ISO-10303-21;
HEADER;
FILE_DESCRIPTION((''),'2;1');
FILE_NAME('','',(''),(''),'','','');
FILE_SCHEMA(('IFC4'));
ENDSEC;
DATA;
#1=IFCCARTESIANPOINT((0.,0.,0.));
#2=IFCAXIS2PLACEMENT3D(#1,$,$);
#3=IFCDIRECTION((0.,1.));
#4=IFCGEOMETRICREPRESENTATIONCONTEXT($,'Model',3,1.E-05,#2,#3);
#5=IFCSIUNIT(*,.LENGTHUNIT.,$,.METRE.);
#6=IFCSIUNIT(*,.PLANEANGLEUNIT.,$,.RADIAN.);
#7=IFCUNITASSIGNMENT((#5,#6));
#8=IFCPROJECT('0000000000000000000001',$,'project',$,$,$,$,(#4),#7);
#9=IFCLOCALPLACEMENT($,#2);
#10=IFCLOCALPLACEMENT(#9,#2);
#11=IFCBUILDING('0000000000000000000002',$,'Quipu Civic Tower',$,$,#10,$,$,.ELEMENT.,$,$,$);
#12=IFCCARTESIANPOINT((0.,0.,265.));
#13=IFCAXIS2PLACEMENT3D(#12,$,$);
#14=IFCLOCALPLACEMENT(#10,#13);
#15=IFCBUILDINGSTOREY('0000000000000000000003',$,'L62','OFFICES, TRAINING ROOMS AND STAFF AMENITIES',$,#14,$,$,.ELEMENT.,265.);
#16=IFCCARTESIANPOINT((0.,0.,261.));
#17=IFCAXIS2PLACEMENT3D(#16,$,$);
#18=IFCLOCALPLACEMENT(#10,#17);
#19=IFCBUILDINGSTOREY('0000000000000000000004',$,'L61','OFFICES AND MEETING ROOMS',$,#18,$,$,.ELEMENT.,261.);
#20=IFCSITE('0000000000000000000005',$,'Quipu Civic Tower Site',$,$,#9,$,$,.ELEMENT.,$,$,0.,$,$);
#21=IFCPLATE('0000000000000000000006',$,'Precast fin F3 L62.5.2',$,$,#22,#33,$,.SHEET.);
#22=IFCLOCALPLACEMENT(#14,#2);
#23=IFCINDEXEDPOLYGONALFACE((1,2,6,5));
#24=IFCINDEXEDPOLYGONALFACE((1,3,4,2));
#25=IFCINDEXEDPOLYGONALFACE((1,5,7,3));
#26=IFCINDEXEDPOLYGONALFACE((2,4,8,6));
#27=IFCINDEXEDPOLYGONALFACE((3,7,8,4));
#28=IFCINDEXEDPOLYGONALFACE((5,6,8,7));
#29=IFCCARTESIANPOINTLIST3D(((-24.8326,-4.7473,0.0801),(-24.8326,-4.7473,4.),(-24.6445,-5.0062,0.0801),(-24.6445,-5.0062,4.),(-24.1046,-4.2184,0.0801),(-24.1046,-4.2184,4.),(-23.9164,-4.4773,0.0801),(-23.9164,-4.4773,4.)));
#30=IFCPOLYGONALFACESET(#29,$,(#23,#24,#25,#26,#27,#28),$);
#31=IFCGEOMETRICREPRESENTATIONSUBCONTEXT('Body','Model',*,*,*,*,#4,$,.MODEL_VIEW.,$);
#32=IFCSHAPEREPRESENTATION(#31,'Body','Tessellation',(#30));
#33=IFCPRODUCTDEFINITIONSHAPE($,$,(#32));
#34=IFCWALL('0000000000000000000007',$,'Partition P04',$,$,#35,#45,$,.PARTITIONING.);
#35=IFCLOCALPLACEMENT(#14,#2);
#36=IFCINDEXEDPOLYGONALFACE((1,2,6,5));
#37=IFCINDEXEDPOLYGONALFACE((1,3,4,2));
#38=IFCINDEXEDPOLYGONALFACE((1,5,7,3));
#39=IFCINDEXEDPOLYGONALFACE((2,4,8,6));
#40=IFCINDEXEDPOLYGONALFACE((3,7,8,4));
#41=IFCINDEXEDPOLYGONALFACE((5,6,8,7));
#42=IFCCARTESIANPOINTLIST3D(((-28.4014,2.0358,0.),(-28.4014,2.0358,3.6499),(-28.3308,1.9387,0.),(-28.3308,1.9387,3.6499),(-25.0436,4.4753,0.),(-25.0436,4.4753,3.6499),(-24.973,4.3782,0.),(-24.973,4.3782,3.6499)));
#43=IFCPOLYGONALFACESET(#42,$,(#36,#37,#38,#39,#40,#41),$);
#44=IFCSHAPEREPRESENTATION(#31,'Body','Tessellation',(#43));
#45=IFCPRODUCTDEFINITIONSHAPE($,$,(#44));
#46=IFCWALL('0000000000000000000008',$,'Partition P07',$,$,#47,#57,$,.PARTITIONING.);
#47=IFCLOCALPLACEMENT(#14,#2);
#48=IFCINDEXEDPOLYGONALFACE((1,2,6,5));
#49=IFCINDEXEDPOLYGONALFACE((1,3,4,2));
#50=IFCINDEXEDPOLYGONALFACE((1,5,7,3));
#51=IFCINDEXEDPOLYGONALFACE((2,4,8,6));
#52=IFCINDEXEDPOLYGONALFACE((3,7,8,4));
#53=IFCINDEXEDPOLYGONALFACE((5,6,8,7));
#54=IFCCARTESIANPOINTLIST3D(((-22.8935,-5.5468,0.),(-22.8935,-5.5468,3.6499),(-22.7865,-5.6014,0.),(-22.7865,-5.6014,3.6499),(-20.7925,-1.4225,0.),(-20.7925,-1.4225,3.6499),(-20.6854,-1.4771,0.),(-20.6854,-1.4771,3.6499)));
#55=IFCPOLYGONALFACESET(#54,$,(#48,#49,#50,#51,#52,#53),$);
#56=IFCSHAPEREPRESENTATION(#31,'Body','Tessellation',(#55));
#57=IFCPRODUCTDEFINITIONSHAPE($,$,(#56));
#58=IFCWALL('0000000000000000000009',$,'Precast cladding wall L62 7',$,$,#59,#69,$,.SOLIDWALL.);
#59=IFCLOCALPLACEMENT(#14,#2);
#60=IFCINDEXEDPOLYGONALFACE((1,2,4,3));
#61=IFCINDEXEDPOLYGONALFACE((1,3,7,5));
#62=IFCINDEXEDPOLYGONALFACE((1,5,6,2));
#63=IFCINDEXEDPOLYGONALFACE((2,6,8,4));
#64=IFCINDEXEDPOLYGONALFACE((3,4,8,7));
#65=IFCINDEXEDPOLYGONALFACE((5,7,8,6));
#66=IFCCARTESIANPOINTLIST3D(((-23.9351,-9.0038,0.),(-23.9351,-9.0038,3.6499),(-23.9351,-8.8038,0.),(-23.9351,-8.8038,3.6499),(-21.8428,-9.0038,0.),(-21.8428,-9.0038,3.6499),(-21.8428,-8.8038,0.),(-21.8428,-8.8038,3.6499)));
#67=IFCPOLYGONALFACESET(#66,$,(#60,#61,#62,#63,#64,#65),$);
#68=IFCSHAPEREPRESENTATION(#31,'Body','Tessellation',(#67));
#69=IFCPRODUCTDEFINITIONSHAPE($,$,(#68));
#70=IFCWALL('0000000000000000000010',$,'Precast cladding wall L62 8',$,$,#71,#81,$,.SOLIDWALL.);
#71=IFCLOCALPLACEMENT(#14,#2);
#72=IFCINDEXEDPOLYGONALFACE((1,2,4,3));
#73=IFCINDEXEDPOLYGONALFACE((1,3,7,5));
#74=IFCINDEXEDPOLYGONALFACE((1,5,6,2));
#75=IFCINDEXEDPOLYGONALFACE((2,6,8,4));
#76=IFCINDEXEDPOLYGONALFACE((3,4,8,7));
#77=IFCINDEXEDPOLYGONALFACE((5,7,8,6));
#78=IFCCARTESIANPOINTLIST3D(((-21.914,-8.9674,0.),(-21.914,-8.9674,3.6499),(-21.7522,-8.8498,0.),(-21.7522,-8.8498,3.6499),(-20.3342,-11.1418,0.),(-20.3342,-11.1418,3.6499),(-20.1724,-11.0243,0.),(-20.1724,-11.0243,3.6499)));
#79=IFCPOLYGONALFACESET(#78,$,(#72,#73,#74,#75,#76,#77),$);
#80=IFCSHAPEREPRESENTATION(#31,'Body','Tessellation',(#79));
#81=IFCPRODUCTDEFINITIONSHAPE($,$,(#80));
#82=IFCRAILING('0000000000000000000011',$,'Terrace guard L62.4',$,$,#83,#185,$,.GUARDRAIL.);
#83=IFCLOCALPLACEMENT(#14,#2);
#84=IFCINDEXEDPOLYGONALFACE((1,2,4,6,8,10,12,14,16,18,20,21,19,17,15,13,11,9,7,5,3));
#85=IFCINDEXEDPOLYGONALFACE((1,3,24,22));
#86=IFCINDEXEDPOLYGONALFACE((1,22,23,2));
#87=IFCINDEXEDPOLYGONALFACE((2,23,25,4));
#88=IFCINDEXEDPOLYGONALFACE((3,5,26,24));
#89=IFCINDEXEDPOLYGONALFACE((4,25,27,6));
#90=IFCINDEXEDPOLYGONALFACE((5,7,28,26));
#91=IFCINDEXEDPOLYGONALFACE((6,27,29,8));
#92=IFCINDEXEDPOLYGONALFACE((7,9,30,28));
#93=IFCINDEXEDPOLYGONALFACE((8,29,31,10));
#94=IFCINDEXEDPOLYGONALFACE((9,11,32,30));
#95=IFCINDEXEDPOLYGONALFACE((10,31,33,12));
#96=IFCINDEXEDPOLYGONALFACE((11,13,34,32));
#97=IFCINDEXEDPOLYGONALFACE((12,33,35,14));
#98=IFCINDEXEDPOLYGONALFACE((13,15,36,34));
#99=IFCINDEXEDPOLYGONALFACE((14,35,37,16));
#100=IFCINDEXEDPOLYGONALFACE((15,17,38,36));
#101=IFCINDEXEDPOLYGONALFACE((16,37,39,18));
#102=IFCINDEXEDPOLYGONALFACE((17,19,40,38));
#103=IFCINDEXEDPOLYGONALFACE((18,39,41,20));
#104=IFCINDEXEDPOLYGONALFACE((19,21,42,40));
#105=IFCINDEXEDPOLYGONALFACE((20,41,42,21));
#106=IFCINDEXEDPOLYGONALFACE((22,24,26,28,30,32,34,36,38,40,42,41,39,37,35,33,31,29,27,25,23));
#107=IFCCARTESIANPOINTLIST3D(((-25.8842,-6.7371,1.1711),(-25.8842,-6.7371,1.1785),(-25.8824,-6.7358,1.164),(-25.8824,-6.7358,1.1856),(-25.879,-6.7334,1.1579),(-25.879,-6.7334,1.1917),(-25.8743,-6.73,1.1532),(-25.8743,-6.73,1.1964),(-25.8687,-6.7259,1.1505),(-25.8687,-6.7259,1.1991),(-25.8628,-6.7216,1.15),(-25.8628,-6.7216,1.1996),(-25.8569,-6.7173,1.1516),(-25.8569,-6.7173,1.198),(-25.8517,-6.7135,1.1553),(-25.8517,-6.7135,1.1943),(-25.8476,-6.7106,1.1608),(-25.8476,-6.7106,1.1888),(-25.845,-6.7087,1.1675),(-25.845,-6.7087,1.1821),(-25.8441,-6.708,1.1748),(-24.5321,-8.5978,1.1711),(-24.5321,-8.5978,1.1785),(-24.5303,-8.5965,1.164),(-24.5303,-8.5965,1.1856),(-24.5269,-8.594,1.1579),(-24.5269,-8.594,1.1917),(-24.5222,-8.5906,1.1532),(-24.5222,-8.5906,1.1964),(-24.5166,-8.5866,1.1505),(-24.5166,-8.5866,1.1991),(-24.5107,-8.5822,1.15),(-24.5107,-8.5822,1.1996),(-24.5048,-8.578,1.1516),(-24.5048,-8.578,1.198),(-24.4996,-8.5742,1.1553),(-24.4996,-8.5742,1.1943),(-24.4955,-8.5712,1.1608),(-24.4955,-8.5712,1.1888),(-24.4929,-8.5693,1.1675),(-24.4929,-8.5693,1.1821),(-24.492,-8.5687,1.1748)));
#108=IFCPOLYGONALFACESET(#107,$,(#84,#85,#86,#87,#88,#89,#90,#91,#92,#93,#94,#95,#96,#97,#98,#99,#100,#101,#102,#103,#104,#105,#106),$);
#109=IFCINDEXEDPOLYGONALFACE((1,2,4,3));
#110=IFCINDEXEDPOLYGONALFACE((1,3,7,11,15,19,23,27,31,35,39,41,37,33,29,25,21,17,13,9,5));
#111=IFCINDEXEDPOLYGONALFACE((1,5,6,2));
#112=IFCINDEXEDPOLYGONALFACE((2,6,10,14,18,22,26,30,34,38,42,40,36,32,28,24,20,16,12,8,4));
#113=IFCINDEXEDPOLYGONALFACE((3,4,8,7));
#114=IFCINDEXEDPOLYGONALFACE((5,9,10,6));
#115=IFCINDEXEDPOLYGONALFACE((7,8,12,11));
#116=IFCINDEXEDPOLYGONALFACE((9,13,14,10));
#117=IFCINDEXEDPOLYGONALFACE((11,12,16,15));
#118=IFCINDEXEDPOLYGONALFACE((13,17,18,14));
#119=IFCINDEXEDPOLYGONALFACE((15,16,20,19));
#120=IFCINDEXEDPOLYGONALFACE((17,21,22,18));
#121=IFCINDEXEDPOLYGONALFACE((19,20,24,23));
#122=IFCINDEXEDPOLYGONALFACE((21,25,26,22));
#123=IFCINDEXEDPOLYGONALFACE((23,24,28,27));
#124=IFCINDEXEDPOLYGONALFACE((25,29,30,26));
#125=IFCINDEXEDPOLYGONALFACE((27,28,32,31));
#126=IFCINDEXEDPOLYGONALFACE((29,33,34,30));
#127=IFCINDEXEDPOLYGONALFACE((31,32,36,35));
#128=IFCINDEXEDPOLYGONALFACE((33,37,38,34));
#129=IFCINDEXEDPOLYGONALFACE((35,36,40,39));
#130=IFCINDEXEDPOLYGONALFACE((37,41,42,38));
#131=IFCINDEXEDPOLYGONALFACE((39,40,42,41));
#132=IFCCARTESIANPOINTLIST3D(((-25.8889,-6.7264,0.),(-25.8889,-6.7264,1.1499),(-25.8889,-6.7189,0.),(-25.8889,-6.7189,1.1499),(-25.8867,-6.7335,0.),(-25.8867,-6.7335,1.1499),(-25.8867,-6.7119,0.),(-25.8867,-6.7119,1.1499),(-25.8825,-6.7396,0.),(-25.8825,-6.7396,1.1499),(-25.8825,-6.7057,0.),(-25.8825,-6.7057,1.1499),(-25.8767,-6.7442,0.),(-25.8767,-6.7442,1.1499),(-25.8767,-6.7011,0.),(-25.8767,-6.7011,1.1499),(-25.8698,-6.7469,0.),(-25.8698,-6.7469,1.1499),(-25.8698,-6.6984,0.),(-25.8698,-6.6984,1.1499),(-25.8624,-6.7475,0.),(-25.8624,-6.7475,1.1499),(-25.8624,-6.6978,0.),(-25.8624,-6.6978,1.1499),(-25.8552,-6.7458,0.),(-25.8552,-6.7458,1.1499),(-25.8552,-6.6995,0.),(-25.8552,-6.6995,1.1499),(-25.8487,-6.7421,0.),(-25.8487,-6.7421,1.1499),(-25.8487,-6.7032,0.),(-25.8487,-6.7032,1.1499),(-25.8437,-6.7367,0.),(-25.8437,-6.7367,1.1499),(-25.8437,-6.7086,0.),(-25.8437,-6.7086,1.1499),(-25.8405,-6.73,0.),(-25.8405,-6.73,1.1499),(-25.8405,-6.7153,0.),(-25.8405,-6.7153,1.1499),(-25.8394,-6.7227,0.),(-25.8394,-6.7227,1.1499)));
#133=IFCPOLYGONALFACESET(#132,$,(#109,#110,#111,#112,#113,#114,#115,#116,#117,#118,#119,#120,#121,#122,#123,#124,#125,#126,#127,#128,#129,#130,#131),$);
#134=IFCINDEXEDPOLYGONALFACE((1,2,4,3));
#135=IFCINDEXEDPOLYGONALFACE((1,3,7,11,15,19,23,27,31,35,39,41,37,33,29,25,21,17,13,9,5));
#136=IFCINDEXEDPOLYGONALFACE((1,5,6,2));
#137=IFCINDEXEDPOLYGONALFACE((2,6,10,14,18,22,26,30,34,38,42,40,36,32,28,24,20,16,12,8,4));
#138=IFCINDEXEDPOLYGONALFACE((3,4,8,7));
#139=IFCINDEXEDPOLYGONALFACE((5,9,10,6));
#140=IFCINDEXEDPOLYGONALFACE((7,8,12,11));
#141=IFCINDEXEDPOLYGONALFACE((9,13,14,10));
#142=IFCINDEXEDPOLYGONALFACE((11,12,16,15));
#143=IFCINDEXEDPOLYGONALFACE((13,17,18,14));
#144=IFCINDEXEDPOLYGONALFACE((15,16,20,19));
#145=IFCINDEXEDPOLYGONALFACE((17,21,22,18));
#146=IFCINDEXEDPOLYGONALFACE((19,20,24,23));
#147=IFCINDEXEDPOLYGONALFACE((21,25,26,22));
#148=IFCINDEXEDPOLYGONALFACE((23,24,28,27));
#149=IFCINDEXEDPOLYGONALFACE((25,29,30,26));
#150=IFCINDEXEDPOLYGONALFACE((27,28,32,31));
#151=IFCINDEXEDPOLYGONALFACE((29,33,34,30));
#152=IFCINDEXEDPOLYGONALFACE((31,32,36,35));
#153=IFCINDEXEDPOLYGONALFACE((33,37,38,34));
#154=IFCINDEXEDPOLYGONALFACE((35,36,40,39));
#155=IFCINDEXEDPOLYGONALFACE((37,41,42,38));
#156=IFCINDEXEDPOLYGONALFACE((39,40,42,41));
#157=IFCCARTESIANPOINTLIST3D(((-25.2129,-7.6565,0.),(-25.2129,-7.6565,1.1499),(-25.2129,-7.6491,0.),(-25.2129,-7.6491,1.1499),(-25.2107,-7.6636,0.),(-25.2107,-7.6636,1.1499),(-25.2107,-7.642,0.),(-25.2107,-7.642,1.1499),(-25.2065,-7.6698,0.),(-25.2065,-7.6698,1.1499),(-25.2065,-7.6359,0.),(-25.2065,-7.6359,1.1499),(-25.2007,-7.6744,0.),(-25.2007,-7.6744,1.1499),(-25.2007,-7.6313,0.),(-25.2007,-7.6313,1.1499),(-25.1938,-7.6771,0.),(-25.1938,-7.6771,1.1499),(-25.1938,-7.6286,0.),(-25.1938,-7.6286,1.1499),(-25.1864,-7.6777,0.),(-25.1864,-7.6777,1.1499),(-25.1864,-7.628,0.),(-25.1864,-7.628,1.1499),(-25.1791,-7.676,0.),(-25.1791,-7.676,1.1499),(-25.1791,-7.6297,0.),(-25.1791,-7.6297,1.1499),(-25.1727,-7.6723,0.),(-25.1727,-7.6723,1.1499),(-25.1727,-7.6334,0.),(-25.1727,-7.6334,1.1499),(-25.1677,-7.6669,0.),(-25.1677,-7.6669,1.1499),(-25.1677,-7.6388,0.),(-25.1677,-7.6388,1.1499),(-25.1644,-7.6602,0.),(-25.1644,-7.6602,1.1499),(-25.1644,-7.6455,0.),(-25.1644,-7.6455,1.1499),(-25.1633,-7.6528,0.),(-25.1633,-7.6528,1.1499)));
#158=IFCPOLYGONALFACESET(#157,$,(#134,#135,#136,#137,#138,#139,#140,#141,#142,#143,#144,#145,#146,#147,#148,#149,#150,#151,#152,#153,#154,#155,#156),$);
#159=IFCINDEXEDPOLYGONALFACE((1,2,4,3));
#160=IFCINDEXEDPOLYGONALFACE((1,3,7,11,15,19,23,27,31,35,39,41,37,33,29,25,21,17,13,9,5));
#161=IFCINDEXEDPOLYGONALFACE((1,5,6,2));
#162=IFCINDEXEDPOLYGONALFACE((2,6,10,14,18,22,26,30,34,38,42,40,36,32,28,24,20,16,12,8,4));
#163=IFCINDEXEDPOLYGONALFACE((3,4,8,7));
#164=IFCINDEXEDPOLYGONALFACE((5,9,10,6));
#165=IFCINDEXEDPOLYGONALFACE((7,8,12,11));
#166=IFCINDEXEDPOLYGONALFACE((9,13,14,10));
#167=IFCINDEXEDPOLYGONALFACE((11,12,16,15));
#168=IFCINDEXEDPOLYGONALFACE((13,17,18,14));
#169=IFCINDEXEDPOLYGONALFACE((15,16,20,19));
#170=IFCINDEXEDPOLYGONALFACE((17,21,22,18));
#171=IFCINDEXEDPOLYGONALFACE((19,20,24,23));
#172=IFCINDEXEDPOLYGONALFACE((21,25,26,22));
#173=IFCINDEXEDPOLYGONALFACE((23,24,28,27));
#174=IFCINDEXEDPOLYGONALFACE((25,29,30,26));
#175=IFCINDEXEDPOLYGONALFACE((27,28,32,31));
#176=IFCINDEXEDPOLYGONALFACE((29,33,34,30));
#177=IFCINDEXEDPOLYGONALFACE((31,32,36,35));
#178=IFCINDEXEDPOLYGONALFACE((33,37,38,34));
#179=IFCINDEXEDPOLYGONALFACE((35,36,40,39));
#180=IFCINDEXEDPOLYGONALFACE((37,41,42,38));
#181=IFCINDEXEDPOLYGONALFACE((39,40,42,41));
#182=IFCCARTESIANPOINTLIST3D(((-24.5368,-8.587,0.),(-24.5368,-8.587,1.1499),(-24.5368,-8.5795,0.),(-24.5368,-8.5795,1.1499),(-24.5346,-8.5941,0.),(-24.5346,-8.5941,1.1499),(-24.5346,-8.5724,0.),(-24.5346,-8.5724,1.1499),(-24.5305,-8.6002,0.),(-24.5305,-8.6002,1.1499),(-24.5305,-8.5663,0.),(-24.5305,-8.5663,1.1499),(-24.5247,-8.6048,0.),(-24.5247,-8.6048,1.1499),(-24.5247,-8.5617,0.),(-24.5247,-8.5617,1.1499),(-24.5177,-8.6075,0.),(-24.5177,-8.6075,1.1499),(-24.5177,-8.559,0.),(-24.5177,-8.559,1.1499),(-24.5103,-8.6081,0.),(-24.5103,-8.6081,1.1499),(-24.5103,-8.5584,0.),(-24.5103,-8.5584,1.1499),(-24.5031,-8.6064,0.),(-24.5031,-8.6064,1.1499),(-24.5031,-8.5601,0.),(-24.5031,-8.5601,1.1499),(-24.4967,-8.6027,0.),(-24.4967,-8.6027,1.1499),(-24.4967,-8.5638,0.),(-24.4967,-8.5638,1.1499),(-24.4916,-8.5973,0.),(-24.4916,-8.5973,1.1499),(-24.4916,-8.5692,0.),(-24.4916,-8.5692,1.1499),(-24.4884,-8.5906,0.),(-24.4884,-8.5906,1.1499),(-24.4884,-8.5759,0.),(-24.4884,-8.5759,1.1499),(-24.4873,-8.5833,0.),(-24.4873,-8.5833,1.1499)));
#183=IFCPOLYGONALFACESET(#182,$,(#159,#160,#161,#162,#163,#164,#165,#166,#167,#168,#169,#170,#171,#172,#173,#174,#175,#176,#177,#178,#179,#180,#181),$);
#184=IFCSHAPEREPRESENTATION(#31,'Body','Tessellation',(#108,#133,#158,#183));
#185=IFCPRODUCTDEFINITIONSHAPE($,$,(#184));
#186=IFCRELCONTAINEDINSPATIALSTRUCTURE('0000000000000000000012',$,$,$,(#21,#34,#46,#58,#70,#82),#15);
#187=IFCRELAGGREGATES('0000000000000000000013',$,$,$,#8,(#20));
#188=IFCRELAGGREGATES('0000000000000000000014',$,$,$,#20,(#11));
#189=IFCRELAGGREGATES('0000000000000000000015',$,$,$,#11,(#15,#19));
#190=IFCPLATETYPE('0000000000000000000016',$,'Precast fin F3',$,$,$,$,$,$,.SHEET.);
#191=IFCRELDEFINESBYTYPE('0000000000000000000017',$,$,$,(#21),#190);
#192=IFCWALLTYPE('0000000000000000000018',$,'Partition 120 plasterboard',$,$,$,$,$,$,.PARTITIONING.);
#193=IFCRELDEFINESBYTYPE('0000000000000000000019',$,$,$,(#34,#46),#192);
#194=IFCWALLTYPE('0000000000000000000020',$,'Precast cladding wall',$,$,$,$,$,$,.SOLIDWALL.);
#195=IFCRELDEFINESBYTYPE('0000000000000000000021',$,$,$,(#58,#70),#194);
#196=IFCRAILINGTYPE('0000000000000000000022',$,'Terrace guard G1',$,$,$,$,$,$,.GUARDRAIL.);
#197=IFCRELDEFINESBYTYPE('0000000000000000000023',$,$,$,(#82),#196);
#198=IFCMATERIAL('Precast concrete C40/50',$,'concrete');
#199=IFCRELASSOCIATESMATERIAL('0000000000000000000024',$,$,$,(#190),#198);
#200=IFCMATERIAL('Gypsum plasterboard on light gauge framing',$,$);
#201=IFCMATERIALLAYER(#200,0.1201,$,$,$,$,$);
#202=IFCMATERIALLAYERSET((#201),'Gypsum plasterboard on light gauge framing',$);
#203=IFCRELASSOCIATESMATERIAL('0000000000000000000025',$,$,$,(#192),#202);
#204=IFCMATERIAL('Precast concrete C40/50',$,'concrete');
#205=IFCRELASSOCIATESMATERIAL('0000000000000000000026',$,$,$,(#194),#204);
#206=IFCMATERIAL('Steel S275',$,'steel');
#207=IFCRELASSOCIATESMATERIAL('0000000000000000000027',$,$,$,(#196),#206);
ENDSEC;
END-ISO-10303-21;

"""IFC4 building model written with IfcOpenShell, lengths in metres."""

from ifc_helpers import new_model, si_unit, direction, frame, frame_2d, origin, origin_2d, place, context, subcontext, project, spatial, rectangle, circle, extrude, material, layer, layer_set, type_object, element, save


model = new_model("IFC4")

# Units and contexts
model_context = context("Model", 3, precision=1e-05, world=origin(), true_north=direction((0.0, 1.0)))
body_context = subcontext(model_context, "Body", "Model", "MODEL_VIEW")
ifc_project = project(units=[si_unit("LENGTHUNIT", "METRE"), si_unit("PLANEANGLEUNIT", "RADIAN")], contexts=[model_context])

# Site, building, storey
site_placement = place(None, origin())
site = spatial("IfcSite", under=ifc_project, at=site_placement, Name="Quipu Civic Tower Site", CompositionType="ELEMENT", RefElevation=0.0)
building_placement = place(site_placement, origin())
building = spatial("IfcBuilding", under=site, at=building_placement, Name="Quipu Civic Tower", CompositionType="ELEMENT")
storey_1_placement = place(building_placement, frame((0.0, 0.0, 265.0)))
storey_1 = spatial("IfcBuildingStorey", under=building, at=storey_1_placement, Name="L62", Description="OFFICES, TRAINING ROOMS AND STAFF AMENITIES", CompositionType="ELEMENT", Elevation=265.0)

# Shared definitions
storey_2_placement = place(building_placement, frame((0.0, 0.0, 261.0)))
storey_2 = spatial("IfcBuildingStorey", under=building, at=storey_2_placement, Name="L61", Description="OFFICES AND MEETING ROOMS", CompositionType="ELEMENT", Elevation=261.0)

# Plate
ifc_material_1 = material(Name="Precast concrete C40/50", Category="concrete")
plate_type_1 = type_object("IfcPlateType", Name="Precast fin F3", PredefinedType="SHEET", material=ifc_material_1)
for number, where, z_axis, x_axis, name in (
    (1, (-24.3745, -4.6123, 0.0801), (0.0, 0.0, 1.0), (0.587784, -0.809018, 0.0), "Precast fin F3 L62.5.2"),
):
    element("IfcPlate", number, at=place(storey_1_placement, frame(where, z_axis=z_axis, x_axis=x_axis)), inside=storey_1, type_object=plate_type_1, Name=name, PredefinedType="SHEET", context=body_context, shape_type="SweptSolid", body=[
        extrude(rectangle(XDim=0.3201, YDim=0.8999, at=origin_2d()), origin(), (0.0, 0.0, 1.0), 3.9199),
    ])

# Walls
ifc_material_2 = material(Name="Gypsum plasterboard on light gauge framing")
ifc_layer_1 = layer(ifc_material_2, 0.1201)
ifc_layer_set_1 = layer_set([ifc_layer_1], Name="Gypsum plasterboard on light gauge framing")
wall_type_1 = type_object("IfcWallType", Name="Partition 120 plasterboard", PredefinedType="PARTITIONING", material=ifc_layer_set_1)
wall_1_placement = place(storey_1_placement, frame((-25.0083, 4.4268, 0.0), z_axis=(0.0, 0.0, 1.0), x_axis=(-0.809021, -0.58778, 0.0)))
element("IfcWall", 2, at=wall_1_placement, inside=storey_1, type_object=wall_type_1, Name="Partition P04", PredefinedType="PARTITIONING", context=body_context, shape_type="SweptSolid", body=[
    extrude(rectangle(XDim=4.1504, YDim=0.1201, at=frame_2d((2.0752, 0.0))), origin(), (0.0, 0.0, 1.0), 3.6499),
])
wall_2_placement = place(storey_1_placement, frame((-22.8401, -5.5742, 0.0), z_axis=(0.0, 0.0, 1.0), x_axis=(0.453931, 0.891037, 0.0)))
element("IfcWall", 3, at=wall_2_placement, inside=storey_1, type_object=wall_type_1, Name="Partition P07", PredefinedType="PARTITIONING", context=body_context, shape_type="SweptSolid", body=[
    extrude(rectangle(XDim=4.6287, YDim=0.1201, at=frame_2d((2.3145, 0.0))), origin(), (0.0, 0.0, 1.0), 3.6499),
])
ifc_material_3 = material(Name="Precast concrete C40/50", Category="concrete")
wall_type_2 = type_object("IfcWallType", Name="Precast cladding wall", PredefinedType="SOLIDWALL", material=ifc_material_3)
wall_3_placement = place(storey_1_placement, frame((-23.9351, -8.9038, 0.0), z_axis=(0.0, 0.0, 1.0), x_axis=(1.0, 0.0, 0.0)))
element("IfcWall", 4, at=wall_3_placement, inside=storey_1, type_object=wall_type_2, Name="Precast cladding wall L62 7", PredefinedType="SOLIDWALL", context=body_context, shape_type="SweptSolid", body=[
    extrude(rectangle(XDim=2.0923, YDim=0.2, at=frame_2d((1.0461, 0.0))), origin(), (0.0, 0.0, 1.0), 3.6499),
])
wall_4_placement = place(storey_1_placement, frame((-21.833, -8.9087, 0.0), z_axis=(0.0, 0.0, 1.0), x_axis=(0.587767, -0.809031, 0.0)))
element("IfcWall", 5, at=wall_4_placement, inside=storey_1, type_object=wall_type_2, Name="Precast cladding wall L62 8", PredefinedType="SOLIDWALL", context=body_context, shape_type="SweptSolid", body=[
    extrude(rectangle(XDim=2.6877, YDim=0.2, at=frame_2d((1.3438, 0.0))), origin(), (0.0, 0.0, 1.0), 3.6499),
])

# Railing
ifc_material_4 = material(Name="Steel S275", Category="steel")
railing_type = type_object("IfcRailingType", Name="Terrace guard G1", PredefinedType="GUARDRAIL", material=ifc_material_4)
railing_placement = place(storey_1_placement, frame((-25.8643, -6.7227, 0.0)))
element("IfcRailing", 6, at=railing_placement, inside=storey_1, type_object=railing_type, Name="Terrace guard L62.4", PredefinedType="GUARDRAIL", context=body_context, shape_type="SweptSolid", body=[
    extrude(circle(Radius=0.0249, at=origin_2d()), frame((0.0, 0.0, 1.1748), z_axis=(0.587856, -0.808966, 0.0), x_axis=(0.808966, 0.587856, 0.0)), (0.0, 0.0, 1.0), 2.3),
    extrude(circle(Radius=0.0249, at=origin_2d()), origin(), (0.0, 0.0, 1.0), 1.1499),
    extrude(circle(Radius=0.0249, at=origin_2d()), frame((0.676, -0.9302, 0.0)), (0.0, 0.0, 1.0), 1.1499),
    extrude(circle(Radius=0.0249, at=origin_2d()), frame((1.3521, -1.8606, 0.0)), (0.0, 0.0, 1.0), 1.1499),
])

save(model, "model.ifc")
